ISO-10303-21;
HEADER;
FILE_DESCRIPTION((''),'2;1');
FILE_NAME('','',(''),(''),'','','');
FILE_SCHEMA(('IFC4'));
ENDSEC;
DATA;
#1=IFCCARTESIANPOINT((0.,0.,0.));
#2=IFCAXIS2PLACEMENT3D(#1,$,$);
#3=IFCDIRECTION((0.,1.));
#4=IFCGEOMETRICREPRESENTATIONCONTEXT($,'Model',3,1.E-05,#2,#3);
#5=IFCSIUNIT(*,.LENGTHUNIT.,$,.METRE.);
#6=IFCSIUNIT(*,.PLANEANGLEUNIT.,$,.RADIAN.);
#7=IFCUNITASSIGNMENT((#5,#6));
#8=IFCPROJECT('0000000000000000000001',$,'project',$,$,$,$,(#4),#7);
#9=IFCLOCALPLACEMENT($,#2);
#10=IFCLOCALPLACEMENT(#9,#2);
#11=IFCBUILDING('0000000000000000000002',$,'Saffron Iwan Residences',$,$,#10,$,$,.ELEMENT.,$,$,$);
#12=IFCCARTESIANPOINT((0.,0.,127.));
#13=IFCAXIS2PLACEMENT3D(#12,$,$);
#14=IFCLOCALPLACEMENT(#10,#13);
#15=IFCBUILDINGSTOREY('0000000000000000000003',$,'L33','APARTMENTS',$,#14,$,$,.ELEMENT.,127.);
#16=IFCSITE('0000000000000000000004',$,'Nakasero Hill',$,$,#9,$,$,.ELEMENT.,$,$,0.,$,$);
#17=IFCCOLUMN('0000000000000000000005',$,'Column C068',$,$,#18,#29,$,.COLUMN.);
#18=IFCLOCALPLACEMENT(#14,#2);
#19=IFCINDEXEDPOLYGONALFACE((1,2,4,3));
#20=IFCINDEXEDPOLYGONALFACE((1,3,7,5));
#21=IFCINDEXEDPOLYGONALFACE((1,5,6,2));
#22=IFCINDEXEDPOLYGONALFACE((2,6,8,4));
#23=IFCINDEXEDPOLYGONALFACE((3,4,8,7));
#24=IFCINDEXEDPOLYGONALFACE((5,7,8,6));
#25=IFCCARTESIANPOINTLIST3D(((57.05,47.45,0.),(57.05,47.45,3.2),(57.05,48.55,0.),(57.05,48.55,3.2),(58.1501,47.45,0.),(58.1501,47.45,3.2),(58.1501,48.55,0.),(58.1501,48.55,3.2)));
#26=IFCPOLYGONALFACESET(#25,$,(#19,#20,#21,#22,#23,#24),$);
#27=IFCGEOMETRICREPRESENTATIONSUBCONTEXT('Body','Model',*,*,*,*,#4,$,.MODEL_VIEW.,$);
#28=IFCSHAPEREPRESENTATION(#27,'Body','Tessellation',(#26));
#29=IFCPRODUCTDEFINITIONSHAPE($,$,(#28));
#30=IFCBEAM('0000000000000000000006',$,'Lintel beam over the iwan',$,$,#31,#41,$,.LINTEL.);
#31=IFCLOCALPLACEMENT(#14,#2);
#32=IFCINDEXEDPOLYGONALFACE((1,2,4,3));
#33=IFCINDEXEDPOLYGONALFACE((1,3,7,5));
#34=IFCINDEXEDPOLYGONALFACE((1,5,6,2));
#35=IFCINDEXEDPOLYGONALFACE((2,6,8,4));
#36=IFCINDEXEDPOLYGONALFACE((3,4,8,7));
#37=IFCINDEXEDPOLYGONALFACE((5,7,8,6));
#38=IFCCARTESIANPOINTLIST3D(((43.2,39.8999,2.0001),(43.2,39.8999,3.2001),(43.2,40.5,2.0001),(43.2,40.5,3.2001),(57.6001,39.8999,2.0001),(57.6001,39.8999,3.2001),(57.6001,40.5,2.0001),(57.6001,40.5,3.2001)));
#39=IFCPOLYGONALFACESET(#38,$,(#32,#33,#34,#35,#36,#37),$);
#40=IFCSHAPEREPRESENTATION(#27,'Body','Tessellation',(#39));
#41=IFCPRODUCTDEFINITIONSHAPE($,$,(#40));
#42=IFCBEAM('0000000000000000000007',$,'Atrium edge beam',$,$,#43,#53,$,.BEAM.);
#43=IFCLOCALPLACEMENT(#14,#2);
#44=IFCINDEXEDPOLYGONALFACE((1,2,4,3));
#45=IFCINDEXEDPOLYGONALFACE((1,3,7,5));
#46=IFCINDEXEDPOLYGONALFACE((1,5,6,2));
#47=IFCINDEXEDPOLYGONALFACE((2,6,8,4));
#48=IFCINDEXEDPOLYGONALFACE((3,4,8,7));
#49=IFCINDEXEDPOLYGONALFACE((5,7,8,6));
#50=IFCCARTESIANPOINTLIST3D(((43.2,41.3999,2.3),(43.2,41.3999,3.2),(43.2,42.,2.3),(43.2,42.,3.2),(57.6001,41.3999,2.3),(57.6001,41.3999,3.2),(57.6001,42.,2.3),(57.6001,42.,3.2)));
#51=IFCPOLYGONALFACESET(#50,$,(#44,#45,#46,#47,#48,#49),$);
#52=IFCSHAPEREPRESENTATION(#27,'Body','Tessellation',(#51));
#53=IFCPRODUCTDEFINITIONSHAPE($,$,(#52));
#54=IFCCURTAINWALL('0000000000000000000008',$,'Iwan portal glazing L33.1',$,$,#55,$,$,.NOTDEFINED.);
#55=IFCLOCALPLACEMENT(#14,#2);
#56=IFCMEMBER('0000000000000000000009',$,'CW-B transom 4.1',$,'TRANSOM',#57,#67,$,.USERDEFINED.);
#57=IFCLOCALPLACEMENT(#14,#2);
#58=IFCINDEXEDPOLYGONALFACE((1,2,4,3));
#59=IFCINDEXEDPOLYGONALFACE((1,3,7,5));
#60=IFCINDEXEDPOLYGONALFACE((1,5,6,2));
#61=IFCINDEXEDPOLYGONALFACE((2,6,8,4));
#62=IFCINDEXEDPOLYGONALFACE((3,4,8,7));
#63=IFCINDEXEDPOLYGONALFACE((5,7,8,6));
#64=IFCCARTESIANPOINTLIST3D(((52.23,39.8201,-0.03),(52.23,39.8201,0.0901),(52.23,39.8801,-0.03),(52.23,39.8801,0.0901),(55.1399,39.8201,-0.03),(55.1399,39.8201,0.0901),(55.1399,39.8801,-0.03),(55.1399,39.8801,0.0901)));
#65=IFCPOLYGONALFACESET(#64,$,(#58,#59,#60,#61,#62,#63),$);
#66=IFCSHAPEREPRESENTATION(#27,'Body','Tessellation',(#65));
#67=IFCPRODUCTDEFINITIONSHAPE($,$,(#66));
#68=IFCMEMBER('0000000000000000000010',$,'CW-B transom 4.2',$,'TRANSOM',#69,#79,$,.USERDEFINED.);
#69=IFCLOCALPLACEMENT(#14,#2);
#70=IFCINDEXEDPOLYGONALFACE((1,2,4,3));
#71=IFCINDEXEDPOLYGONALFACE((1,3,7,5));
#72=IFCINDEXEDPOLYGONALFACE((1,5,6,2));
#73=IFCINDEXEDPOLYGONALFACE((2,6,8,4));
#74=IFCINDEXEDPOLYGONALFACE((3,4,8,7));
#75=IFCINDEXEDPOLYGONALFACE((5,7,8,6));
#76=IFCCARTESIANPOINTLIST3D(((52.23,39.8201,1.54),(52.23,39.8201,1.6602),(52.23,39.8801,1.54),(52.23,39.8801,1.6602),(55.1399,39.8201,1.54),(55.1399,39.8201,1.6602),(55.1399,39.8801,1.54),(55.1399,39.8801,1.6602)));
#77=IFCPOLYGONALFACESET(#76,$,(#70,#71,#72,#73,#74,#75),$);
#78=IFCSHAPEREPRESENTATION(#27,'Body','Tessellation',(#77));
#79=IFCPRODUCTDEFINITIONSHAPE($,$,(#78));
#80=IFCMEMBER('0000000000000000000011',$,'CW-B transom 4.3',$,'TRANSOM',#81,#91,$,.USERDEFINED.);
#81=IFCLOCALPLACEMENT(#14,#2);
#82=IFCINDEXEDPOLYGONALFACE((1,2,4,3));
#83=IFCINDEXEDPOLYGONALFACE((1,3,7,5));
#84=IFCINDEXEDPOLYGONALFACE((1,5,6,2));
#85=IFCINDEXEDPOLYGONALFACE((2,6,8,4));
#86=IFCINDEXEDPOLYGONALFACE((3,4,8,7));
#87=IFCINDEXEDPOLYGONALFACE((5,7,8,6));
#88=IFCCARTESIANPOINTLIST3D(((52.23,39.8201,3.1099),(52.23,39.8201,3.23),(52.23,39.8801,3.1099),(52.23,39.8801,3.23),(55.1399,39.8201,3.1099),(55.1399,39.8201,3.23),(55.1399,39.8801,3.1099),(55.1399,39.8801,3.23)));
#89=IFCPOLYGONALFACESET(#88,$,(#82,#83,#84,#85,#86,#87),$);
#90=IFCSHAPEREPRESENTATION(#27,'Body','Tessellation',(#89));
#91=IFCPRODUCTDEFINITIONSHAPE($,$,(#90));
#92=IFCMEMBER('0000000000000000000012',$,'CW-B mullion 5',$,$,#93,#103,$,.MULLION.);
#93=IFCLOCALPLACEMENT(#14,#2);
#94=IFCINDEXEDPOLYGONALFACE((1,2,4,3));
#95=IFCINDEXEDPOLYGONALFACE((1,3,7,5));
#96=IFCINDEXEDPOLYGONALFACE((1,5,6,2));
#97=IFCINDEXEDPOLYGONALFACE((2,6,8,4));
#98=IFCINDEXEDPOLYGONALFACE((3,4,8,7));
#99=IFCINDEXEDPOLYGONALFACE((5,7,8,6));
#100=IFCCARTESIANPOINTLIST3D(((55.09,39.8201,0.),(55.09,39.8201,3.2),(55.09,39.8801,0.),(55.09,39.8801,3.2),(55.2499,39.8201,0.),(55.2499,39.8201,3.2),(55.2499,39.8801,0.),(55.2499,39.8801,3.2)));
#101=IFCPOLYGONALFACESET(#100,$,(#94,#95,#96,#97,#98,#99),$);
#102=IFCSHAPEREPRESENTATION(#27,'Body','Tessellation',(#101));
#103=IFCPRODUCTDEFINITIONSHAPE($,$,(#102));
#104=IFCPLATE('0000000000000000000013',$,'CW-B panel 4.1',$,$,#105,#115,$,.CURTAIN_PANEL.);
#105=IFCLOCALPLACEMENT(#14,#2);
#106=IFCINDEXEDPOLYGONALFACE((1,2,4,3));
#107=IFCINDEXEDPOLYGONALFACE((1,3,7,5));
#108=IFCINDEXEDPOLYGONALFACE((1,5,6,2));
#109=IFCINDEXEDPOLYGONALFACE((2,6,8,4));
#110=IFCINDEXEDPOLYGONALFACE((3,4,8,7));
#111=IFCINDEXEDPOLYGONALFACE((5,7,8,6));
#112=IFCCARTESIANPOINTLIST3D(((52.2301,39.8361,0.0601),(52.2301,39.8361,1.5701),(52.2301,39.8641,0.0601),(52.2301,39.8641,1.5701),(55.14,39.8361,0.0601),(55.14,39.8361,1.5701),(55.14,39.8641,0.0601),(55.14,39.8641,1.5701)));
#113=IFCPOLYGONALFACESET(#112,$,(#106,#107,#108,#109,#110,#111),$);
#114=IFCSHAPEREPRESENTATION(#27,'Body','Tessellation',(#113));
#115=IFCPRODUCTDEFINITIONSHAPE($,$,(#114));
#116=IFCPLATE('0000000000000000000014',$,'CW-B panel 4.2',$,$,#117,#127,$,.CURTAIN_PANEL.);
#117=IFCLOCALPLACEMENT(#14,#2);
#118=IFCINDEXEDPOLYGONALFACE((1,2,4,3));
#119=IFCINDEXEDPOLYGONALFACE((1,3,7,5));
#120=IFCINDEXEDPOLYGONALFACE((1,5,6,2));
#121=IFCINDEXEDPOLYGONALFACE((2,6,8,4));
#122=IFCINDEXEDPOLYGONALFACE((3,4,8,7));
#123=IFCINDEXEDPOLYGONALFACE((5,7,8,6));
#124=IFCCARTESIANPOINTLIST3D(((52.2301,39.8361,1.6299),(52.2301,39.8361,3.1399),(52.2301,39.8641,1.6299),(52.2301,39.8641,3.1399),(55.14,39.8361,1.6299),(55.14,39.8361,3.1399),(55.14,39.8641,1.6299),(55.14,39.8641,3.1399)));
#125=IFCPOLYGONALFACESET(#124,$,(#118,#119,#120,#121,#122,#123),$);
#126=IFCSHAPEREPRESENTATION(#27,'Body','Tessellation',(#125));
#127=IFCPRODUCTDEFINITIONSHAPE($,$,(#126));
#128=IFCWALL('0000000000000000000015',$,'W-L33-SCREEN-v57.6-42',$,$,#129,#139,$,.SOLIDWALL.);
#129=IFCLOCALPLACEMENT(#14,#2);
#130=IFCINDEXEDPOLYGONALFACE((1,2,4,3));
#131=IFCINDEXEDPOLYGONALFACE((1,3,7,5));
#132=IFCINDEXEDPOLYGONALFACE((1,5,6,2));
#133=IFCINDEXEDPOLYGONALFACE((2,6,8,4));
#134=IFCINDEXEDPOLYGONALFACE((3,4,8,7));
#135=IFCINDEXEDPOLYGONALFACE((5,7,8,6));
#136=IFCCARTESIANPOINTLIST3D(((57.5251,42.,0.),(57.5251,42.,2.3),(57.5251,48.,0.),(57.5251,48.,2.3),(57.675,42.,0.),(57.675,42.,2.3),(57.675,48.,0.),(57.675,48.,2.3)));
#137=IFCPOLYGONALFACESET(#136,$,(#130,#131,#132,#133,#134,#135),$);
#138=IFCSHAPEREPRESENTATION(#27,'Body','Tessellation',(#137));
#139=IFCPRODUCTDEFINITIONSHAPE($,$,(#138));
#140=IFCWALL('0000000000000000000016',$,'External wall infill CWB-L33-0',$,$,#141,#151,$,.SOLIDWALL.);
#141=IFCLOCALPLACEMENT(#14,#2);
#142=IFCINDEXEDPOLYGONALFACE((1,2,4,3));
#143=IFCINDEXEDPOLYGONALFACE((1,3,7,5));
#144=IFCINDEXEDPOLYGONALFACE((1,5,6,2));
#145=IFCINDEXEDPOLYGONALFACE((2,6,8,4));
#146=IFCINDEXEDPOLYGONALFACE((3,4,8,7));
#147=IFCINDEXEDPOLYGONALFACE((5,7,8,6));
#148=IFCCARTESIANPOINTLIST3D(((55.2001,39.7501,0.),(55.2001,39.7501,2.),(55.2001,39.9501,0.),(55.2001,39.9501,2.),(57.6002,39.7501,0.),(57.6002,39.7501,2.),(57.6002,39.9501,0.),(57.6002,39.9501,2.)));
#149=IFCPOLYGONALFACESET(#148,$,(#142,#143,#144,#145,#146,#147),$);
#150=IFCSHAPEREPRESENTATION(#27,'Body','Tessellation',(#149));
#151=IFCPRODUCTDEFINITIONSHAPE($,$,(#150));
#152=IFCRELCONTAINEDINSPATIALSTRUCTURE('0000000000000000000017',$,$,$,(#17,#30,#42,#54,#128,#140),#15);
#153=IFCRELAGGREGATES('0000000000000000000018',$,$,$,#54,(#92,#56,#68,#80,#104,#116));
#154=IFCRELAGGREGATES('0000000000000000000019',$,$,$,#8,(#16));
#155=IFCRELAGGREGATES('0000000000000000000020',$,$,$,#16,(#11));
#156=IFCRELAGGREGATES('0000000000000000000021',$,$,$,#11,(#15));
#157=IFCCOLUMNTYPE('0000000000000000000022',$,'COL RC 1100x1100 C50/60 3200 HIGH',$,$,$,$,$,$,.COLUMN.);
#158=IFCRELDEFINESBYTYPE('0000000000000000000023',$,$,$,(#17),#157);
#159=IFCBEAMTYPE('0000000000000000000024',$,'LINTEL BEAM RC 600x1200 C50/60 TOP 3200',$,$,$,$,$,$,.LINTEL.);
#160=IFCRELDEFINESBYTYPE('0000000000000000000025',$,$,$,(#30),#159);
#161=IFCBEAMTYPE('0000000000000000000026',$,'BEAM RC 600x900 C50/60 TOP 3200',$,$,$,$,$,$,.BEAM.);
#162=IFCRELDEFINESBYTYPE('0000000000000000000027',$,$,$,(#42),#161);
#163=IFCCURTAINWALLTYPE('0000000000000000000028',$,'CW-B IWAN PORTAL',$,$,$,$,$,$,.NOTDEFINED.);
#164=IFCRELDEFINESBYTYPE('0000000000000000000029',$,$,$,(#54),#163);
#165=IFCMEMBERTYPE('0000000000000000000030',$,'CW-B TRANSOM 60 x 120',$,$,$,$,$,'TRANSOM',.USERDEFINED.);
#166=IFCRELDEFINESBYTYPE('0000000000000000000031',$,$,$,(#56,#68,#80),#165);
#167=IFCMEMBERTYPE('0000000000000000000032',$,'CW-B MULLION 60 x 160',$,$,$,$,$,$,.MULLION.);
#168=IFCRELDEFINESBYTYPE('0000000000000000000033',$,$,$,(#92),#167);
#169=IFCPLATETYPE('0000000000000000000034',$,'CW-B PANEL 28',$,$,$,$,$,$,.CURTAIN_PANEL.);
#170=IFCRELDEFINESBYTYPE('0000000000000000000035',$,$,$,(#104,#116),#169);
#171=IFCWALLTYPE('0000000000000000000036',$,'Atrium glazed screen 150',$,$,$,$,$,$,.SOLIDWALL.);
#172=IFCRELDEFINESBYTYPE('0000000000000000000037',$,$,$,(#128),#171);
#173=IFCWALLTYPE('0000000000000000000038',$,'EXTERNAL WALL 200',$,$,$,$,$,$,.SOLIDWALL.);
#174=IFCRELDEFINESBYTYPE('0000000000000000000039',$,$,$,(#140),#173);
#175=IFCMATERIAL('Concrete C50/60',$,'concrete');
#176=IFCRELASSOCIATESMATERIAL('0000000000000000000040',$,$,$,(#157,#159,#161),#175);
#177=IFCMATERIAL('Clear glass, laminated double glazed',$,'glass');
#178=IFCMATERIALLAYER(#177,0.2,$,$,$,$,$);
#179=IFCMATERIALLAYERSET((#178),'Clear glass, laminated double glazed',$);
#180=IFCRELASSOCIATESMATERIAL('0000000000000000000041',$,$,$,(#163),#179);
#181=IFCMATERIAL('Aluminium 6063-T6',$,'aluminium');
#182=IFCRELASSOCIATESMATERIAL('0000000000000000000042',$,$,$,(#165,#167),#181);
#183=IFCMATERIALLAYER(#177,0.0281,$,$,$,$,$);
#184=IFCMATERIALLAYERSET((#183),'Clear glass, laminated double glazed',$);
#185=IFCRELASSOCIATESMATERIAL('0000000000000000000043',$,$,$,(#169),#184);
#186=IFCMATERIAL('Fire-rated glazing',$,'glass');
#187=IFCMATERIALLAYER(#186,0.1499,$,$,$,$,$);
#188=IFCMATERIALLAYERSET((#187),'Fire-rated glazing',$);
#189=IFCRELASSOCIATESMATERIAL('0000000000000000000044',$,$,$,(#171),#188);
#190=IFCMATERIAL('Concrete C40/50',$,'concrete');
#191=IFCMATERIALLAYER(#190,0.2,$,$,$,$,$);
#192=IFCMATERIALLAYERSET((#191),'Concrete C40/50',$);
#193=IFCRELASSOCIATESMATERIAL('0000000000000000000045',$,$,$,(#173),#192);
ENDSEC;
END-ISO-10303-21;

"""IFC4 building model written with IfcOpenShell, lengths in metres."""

from ifc_helpers import new_model, si_unit, direction, frame, frame_2d, origin, origin_2d, place, context, subcontext, project, spatial, rectangle, extrude, source, transform, mapped, material, layer, layer_set, material_profile, profile_set, type_object, element, aggregate, save


model = new_model("IFC4")

# Units and contexts
model_context = context("Model", 3, precision=1e-05, world=origin(), true_north=direction((0.0, 1.0)))
body_context = subcontext(model_context, "Body", "Model", "MODEL_VIEW")
ifc_project = project(units=[si_unit("LENGTHUNIT", "METRE"), si_unit("PLANEANGLEUNIT", "RADIAN")], contexts=[model_context])

# Site, building, storey
site_placement = place(None, origin())
site = spatial("IfcSite", under=ifc_project, at=site_placement, Name="Nakasero Hill", CompositionType="ELEMENT", RefElevation=0.0)
building_placement = place(site_placement, origin())
building = spatial("IfcBuilding", under=site, at=building_placement, Name="Saffron Iwan Residences", CompositionType="ELEMENT")
storey_placement = place(building_placement, frame((0.0, 0.0, 127.0)))
storey = spatial("IfcBuildingStorey", under=building, at=storey_placement, Name="L33", Description="APARTMENTS", CompositionType="ELEMENT", Elevation=127.0)

# Column
ifc_material_1 = material(Name="Concrete C50/60", Category="concrete")
ifc_material_profile_1 = material_profile(ifc_material_1, rectangle(XDim=1.1001, YDim=1.1001, at=origin_2d()), Name="RC 1100x1100")
ifc_profile_set_1 = profile_set([ifc_material_profile_1], Name="Concrete C50/60")
column_type = type_object("IfcColumnType", Name="COL RC 1100x1100 C50/60 3200 HIGH", PredefinedType="COLUMN", material=ifc_profile_set_1)
shared_shape_1 = source(origin(), body_context, "Body", "SweptSolid", [
    extrude(rectangle(XDim=1.1001, YDim=1.1001, at=origin_2d()), origin(), (0.0, 0.0, 1.0), 3.2),
])
column_placement = place(storey_placement, frame((57.6001, 48.0, 0.0), z_axis=(0.0, 0.0, 1.0), x_axis=(1.0, 0.0, 0.0)))
element("IfcColumn", 1, at=column_placement, inside=storey, type_object=column_type, Name="Column C068", PredefinedType="COLUMN", context=body_context, shape_type="MappedRepresentation", body=[
    mapped(shared_shape_1, transform((0.0, 0.0, 0.0))),
])

# Beams
ifc_material_profile_2 = material_profile(ifc_material_1, rectangle(XDim=0.6001, YDim=1.2, at=origin_2d()), Name="RC 600x1200")
ifc_profile_set_2 = profile_set([ifc_material_profile_2], Name="Concrete C50/60")
beam_type_1 = type_object("IfcBeamType", Name="LINTEL BEAM RC 600x1200 C50/60 TOP 3200", PredefinedType="LINTEL", material=ifc_profile_set_2)
shared_shape_2 = source(origin(), body_context, "Body", "SweptSolid", [
    extrude(rectangle(XDim=0.6001, YDim=1.2, at=origin_2d()), origin(), (0.0, 0.0, 1.0), 14.4001),
])
beam_1_placement = place(storey_placement, frame((57.6001, 40.2, 2.6001), z_axis=(-1.0, 0.0, 0.0), x_axis=(0.0, -1.0, 0.0)))
element("IfcBeam", 2, at=beam_1_placement, inside=storey, type_object=beam_type_1, Name="Lintel beam over the iwan", PredefinedType="LINTEL", context=body_context, shape_type="MappedRepresentation", body=[
    mapped(shared_shape_2, transform((0.0, 0.0, 0.0))),
])
ifc_material_profile_3 = material_profile(ifc_material_1, rectangle(XDim=0.6001, YDim=0.8999, at=origin_2d()), Name="RC 600x900")
ifc_profile_set_3 = profile_set([ifc_material_profile_3], Name="Concrete C50/60")
beam_type_2 = type_object("IfcBeamType", Name="BEAM RC 600x900 C50/60 TOP 3200", PredefinedType="BEAM", material=ifc_profile_set_3)
shared_shape_3 = source(origin(), body_context, "Body", "SweptSolid", [
    extrude(rectangle(XDim=0.6001, YDim=0.8999, at=origin_2d()), origin(), (0.0, 0.0, 1.0), 14.4001),
])
beam_2_placement = place(storey_placement, frame((57.6001, 41.7, 2.75), z_axis=(-1.0, 0.0, 0.0), x_axis=(0.0, -1.0, 0.0)))
element("IfcBeam", 3, at=beam_2_placement, inside=storey, type_object=beam_type_2, Name="Atrium edge beam", PredefinedType="BEAM", context=body_context, shape_type="MappedRepresentation", body=[
    mapped(shared_shape_3, transform((0.0, 0.0, 0.0))),
])

# Curtain wall, members, plates
ifc_material_2 = material(Name="Clear glass, laminated double glazed", Category="glass")
ifc_layer_1 = layer(ifc_material_2, 0.2)
ifc_layer_set_1 = layer_set([ifc_layer_1], Name="Clear glass, laminated double glazed")
curtain_wall_type = type_object("IfcCurtainWallType", Name="CW-B IWAN PORTAL", PredefinedType="NOTDEFINED", material=ifc_layer_set_1)
curtain_wall_placement = place(storey_placement, origin())
curtain_wall = element("IfcCurtainWall", 4, at=curtain_wall_placement, inside=storey, type_object=curtain_wall_type, Name="Iwan portal glazing L33.1", PredefinedType="NOTDEFINED")
ifc_material_3 = material(Name="Aluminium 6063-T6", Category="aluminium")
ifc_material_profile_4 = material_profile(ifc_material_3, rectangle(XDim=0.0601, YDim=0.1201, at=origin_2d()), Name="CW-B TRANSOM 60 x 120")
ifc_profile_set_4 = profile_set([ifc_material_profile_4], Name="Aluminium 6063-T6")
member_type_1 = type_object("IfcMemberType", Name="CW-B TRANSOM 60 x 120", ElementType="TRANSOM", PredefinedType="USERDEFINED", material=ifc_profile_set_4)
shared_shape_4 = source(origin(), body_context, "Body", "SweptSolid", [
    extrude(rectangle(XDim=0.0601, YDim=0.1201, at=origin_2d()), origin(), (0.0, 0.0, 1.0), 2.9099),
])
member_1_placement = place(storey_placement, frame((52.23, 39.8501, 0.03), z_axis=(1.0, 0.0, 0.0), x_axis=(0.0, 1.0, 0.0)))
member_1 = element("IfcMember", 5, at=member_1_placement, type_object=member_type_1, Name="CW-B transom 4.1", ObjectType="TRANSOM", PredefinedType="USERDEFINED", context=body_context, shape_type="MappedRepresentation", body=[
    mapped(shared_shape_4, transform((0.0, 0.0, 0.0))),
])
member_2_placement = place(storey_placement, frame((52.23, 39.8501, 1.6001), z_axis=(1.0, 0.0, 0.0), x_axis=(0.0, 1.0, 0.0)))
member_2 = element("IfcMember", 6, at=member_2_placement, type_object=member_type_1, Name="CW-B transom 4.2", ObjectType="TRANSOM", PredefinedType="USERDEFINED", context=body_context, shape_type="MappedRepresentation", body=[
    mapped(shared_shape_4, transform((0.0, 0.0, 0.0))),
])
member_3_placement = place(storey_placement, frame((52.23, 39.8501, 3.1699), z_axis=(1.0, 0.0, 0.0), x_axis=(0.0, 1.0, 0.0)))
member_3 = element("IfcMember", 7, at=member_3_placement, type_object=member_type_1, Name="CW-B transom 4.3", ObjectType="TRANSOM", PredefinedType="USERDEFINED", context=body_context, shape_type="MappedRepresentation", body=[
    mapped(shared_shape_4, transform((0.0, 0.0, 0.0))),
])
ifc_material_profile_5 = material_profile(ifc_material_3, rectangle(XDim=0.0601, YDim=0.1599, at=origin_2d()), Name="CW-B MULLION 60 x 160")
ifc_profile_set_5 = profile_set([ifc_material_profile_5], Name="Aluminium 6063-T6")
member_type_2 = type_object("IfcMemberType", Name="CW-B MULLION 60 x 160", PredefinedType="MULLION", material=ifc_profile_set_5)
shared_shape_5 = source(origin(), body_context, "Body", "SweptSolid", [
    extrude(rectangle(XDim=0.0601, YDim=0.1599, at=origin_2d()), origin(), (0.0, 0.0, 1.0), 3.2),
])
member_4_placement = place(storey_placement, frame((55.1699, 39.8501, 0.0), z_axis=(0.0, 0.0, 1.0), x_axis=(0.0, 1.0, 0.0)))
member_4 = element("IfcMember", 8, at=member_4_placement, type_object=member_type_2, Name="CW-B mullion 5", PredefinedType="MULLION", context=body_context, shape_type="MappedRepresentation", body=[
    mapped(shared_shape_5, transform((0.0, 0.0, 0.0))),
])
ifc_layer_2 = layer(ifc_material_2, 0.0281)
ifc_layer_set_2 = layer_set([ifc_layer_2], Name="Clear glass, laminated double glazed")
plate_type = type_object("IfcPlateType", Name="CW-B PANEL 28", PredefinedType="CURTAIN_PANEL", material=ifc_layer_set_2)
shared_shape_6 = source(origin(), body_context, "Body", "SweptSolid", [
    extrude(rectangle(XDim=2.9099, YDim=0.0281, at=origin_2d()), origin(), (0.0, 0.0, 1.0), 1.51),
])
plate_1_placement = place(storey_placement, frame((53.6851, 39.8501, 0.0601), z_axis=(0.0, 0.0, 1.0), x_axis=(1.0, 0.0, 0.0)))
plate_1 = element("IfcPlate", 9, at=plate_1_placement, type_object=plate_type, Name="CW-B panel 4.1", PredefinedType="CURTAIN_PANEL", context=body_context, shape_type="MappedRepresentation", body=[
    mapped(shared_shape_6, transform((0.0, 0.0, 0.0))),
])
plate_2_placement = place(storey_placement, frame((53.6851, 39.8501, 1.6299), z_axis=(0.0, 0.0, 1.0), x_axis=(1.0, 0.0, 0.0)))
plate_2 = element("IfcPlate", 10, at=plate_2_placement, type_object=plate_type, Name="CW-B panel 4.2", PredefinedType="CURTAIN_PANEL", context=body_context, shape_type="MappedRepresentation", body=[
    mapped(shared_shape_6, transform((0.0, 0.0, 0.0))),
])
aggregate(curtain_wall, [member_4, member_1, member_2, member_3, plate_1, plate_2])

# Walls
ifc_material_4 = material(Name="Fire-rated glazing", Category="glass")
ifc_layer_3 = layer(ifc_material_4, 0.1499)
ifc_layer_set_3 = layer_set([ifc_layer_3], Name="Fire-rated glazing")
wall_type_1 = type_object("IfcWallType", Name="Atrium glazed screen 150", PredefinedType="SOLIDWALL", material=ifc_layer_set_3)
wall_1_placement = place(storey_placement, frame((57.6001, 42.0, 0.0), z_axis=(0.0, 0.0, 1.0), x_axis=(0.0, 1.0, 0.0)))
element("IfcWall", 11, at=wall_1_placement, inside=storey, type_object=wall_type_1, Name="W-L33-SCREEN-v57.6-42", PredefinedType="SOLIDWALL", context=body_context, shape_type="SweptSolid", body=[
    extrude(rectangle(XDim=6.0, YDim=0.1499, at=frame_2d((3.0, 0.0))), origin(), (0.0, 0.0, 1.0), 2.3),
])
ifc_material_5 = material(Name="Concrete C40/50", Category="concrete")
ifc_layer_4 = layer(ifc_material_5, 0.2)
ifc_layer_set_4 = layer_set([ifc_layer_4], Name="Concrete C40/50")
wall_type_2 = type_object("IfcWallType", Name="EXTERNAL WALL 200", PredefinedType="SOLIDWALL", material=ifc_layer_set_4)
wall_2_placement = place(storey_placement, frame((55.2, 39.8501, 0.0), z_axis=(0.0, 0.0, 1.0), x_axis=(1.0, 0.0, 0.0)))
element("IfcWall", 12, at=wall_2_placement, inside=storey, type_object=wall_type_2, Name="External wall infill CWB-L33-0", PredefinedType="SOLIDWALL", context=body_context, shape_type="SweptSolid", body=[
    extrude(rectangle(XDim=2.4001, YDim=0.2, at=frame_2d((1.2002, 0.0))), origin(), (0.0, 0.0, 1.0), 2.0),
])

save(model, "model.ifc")
